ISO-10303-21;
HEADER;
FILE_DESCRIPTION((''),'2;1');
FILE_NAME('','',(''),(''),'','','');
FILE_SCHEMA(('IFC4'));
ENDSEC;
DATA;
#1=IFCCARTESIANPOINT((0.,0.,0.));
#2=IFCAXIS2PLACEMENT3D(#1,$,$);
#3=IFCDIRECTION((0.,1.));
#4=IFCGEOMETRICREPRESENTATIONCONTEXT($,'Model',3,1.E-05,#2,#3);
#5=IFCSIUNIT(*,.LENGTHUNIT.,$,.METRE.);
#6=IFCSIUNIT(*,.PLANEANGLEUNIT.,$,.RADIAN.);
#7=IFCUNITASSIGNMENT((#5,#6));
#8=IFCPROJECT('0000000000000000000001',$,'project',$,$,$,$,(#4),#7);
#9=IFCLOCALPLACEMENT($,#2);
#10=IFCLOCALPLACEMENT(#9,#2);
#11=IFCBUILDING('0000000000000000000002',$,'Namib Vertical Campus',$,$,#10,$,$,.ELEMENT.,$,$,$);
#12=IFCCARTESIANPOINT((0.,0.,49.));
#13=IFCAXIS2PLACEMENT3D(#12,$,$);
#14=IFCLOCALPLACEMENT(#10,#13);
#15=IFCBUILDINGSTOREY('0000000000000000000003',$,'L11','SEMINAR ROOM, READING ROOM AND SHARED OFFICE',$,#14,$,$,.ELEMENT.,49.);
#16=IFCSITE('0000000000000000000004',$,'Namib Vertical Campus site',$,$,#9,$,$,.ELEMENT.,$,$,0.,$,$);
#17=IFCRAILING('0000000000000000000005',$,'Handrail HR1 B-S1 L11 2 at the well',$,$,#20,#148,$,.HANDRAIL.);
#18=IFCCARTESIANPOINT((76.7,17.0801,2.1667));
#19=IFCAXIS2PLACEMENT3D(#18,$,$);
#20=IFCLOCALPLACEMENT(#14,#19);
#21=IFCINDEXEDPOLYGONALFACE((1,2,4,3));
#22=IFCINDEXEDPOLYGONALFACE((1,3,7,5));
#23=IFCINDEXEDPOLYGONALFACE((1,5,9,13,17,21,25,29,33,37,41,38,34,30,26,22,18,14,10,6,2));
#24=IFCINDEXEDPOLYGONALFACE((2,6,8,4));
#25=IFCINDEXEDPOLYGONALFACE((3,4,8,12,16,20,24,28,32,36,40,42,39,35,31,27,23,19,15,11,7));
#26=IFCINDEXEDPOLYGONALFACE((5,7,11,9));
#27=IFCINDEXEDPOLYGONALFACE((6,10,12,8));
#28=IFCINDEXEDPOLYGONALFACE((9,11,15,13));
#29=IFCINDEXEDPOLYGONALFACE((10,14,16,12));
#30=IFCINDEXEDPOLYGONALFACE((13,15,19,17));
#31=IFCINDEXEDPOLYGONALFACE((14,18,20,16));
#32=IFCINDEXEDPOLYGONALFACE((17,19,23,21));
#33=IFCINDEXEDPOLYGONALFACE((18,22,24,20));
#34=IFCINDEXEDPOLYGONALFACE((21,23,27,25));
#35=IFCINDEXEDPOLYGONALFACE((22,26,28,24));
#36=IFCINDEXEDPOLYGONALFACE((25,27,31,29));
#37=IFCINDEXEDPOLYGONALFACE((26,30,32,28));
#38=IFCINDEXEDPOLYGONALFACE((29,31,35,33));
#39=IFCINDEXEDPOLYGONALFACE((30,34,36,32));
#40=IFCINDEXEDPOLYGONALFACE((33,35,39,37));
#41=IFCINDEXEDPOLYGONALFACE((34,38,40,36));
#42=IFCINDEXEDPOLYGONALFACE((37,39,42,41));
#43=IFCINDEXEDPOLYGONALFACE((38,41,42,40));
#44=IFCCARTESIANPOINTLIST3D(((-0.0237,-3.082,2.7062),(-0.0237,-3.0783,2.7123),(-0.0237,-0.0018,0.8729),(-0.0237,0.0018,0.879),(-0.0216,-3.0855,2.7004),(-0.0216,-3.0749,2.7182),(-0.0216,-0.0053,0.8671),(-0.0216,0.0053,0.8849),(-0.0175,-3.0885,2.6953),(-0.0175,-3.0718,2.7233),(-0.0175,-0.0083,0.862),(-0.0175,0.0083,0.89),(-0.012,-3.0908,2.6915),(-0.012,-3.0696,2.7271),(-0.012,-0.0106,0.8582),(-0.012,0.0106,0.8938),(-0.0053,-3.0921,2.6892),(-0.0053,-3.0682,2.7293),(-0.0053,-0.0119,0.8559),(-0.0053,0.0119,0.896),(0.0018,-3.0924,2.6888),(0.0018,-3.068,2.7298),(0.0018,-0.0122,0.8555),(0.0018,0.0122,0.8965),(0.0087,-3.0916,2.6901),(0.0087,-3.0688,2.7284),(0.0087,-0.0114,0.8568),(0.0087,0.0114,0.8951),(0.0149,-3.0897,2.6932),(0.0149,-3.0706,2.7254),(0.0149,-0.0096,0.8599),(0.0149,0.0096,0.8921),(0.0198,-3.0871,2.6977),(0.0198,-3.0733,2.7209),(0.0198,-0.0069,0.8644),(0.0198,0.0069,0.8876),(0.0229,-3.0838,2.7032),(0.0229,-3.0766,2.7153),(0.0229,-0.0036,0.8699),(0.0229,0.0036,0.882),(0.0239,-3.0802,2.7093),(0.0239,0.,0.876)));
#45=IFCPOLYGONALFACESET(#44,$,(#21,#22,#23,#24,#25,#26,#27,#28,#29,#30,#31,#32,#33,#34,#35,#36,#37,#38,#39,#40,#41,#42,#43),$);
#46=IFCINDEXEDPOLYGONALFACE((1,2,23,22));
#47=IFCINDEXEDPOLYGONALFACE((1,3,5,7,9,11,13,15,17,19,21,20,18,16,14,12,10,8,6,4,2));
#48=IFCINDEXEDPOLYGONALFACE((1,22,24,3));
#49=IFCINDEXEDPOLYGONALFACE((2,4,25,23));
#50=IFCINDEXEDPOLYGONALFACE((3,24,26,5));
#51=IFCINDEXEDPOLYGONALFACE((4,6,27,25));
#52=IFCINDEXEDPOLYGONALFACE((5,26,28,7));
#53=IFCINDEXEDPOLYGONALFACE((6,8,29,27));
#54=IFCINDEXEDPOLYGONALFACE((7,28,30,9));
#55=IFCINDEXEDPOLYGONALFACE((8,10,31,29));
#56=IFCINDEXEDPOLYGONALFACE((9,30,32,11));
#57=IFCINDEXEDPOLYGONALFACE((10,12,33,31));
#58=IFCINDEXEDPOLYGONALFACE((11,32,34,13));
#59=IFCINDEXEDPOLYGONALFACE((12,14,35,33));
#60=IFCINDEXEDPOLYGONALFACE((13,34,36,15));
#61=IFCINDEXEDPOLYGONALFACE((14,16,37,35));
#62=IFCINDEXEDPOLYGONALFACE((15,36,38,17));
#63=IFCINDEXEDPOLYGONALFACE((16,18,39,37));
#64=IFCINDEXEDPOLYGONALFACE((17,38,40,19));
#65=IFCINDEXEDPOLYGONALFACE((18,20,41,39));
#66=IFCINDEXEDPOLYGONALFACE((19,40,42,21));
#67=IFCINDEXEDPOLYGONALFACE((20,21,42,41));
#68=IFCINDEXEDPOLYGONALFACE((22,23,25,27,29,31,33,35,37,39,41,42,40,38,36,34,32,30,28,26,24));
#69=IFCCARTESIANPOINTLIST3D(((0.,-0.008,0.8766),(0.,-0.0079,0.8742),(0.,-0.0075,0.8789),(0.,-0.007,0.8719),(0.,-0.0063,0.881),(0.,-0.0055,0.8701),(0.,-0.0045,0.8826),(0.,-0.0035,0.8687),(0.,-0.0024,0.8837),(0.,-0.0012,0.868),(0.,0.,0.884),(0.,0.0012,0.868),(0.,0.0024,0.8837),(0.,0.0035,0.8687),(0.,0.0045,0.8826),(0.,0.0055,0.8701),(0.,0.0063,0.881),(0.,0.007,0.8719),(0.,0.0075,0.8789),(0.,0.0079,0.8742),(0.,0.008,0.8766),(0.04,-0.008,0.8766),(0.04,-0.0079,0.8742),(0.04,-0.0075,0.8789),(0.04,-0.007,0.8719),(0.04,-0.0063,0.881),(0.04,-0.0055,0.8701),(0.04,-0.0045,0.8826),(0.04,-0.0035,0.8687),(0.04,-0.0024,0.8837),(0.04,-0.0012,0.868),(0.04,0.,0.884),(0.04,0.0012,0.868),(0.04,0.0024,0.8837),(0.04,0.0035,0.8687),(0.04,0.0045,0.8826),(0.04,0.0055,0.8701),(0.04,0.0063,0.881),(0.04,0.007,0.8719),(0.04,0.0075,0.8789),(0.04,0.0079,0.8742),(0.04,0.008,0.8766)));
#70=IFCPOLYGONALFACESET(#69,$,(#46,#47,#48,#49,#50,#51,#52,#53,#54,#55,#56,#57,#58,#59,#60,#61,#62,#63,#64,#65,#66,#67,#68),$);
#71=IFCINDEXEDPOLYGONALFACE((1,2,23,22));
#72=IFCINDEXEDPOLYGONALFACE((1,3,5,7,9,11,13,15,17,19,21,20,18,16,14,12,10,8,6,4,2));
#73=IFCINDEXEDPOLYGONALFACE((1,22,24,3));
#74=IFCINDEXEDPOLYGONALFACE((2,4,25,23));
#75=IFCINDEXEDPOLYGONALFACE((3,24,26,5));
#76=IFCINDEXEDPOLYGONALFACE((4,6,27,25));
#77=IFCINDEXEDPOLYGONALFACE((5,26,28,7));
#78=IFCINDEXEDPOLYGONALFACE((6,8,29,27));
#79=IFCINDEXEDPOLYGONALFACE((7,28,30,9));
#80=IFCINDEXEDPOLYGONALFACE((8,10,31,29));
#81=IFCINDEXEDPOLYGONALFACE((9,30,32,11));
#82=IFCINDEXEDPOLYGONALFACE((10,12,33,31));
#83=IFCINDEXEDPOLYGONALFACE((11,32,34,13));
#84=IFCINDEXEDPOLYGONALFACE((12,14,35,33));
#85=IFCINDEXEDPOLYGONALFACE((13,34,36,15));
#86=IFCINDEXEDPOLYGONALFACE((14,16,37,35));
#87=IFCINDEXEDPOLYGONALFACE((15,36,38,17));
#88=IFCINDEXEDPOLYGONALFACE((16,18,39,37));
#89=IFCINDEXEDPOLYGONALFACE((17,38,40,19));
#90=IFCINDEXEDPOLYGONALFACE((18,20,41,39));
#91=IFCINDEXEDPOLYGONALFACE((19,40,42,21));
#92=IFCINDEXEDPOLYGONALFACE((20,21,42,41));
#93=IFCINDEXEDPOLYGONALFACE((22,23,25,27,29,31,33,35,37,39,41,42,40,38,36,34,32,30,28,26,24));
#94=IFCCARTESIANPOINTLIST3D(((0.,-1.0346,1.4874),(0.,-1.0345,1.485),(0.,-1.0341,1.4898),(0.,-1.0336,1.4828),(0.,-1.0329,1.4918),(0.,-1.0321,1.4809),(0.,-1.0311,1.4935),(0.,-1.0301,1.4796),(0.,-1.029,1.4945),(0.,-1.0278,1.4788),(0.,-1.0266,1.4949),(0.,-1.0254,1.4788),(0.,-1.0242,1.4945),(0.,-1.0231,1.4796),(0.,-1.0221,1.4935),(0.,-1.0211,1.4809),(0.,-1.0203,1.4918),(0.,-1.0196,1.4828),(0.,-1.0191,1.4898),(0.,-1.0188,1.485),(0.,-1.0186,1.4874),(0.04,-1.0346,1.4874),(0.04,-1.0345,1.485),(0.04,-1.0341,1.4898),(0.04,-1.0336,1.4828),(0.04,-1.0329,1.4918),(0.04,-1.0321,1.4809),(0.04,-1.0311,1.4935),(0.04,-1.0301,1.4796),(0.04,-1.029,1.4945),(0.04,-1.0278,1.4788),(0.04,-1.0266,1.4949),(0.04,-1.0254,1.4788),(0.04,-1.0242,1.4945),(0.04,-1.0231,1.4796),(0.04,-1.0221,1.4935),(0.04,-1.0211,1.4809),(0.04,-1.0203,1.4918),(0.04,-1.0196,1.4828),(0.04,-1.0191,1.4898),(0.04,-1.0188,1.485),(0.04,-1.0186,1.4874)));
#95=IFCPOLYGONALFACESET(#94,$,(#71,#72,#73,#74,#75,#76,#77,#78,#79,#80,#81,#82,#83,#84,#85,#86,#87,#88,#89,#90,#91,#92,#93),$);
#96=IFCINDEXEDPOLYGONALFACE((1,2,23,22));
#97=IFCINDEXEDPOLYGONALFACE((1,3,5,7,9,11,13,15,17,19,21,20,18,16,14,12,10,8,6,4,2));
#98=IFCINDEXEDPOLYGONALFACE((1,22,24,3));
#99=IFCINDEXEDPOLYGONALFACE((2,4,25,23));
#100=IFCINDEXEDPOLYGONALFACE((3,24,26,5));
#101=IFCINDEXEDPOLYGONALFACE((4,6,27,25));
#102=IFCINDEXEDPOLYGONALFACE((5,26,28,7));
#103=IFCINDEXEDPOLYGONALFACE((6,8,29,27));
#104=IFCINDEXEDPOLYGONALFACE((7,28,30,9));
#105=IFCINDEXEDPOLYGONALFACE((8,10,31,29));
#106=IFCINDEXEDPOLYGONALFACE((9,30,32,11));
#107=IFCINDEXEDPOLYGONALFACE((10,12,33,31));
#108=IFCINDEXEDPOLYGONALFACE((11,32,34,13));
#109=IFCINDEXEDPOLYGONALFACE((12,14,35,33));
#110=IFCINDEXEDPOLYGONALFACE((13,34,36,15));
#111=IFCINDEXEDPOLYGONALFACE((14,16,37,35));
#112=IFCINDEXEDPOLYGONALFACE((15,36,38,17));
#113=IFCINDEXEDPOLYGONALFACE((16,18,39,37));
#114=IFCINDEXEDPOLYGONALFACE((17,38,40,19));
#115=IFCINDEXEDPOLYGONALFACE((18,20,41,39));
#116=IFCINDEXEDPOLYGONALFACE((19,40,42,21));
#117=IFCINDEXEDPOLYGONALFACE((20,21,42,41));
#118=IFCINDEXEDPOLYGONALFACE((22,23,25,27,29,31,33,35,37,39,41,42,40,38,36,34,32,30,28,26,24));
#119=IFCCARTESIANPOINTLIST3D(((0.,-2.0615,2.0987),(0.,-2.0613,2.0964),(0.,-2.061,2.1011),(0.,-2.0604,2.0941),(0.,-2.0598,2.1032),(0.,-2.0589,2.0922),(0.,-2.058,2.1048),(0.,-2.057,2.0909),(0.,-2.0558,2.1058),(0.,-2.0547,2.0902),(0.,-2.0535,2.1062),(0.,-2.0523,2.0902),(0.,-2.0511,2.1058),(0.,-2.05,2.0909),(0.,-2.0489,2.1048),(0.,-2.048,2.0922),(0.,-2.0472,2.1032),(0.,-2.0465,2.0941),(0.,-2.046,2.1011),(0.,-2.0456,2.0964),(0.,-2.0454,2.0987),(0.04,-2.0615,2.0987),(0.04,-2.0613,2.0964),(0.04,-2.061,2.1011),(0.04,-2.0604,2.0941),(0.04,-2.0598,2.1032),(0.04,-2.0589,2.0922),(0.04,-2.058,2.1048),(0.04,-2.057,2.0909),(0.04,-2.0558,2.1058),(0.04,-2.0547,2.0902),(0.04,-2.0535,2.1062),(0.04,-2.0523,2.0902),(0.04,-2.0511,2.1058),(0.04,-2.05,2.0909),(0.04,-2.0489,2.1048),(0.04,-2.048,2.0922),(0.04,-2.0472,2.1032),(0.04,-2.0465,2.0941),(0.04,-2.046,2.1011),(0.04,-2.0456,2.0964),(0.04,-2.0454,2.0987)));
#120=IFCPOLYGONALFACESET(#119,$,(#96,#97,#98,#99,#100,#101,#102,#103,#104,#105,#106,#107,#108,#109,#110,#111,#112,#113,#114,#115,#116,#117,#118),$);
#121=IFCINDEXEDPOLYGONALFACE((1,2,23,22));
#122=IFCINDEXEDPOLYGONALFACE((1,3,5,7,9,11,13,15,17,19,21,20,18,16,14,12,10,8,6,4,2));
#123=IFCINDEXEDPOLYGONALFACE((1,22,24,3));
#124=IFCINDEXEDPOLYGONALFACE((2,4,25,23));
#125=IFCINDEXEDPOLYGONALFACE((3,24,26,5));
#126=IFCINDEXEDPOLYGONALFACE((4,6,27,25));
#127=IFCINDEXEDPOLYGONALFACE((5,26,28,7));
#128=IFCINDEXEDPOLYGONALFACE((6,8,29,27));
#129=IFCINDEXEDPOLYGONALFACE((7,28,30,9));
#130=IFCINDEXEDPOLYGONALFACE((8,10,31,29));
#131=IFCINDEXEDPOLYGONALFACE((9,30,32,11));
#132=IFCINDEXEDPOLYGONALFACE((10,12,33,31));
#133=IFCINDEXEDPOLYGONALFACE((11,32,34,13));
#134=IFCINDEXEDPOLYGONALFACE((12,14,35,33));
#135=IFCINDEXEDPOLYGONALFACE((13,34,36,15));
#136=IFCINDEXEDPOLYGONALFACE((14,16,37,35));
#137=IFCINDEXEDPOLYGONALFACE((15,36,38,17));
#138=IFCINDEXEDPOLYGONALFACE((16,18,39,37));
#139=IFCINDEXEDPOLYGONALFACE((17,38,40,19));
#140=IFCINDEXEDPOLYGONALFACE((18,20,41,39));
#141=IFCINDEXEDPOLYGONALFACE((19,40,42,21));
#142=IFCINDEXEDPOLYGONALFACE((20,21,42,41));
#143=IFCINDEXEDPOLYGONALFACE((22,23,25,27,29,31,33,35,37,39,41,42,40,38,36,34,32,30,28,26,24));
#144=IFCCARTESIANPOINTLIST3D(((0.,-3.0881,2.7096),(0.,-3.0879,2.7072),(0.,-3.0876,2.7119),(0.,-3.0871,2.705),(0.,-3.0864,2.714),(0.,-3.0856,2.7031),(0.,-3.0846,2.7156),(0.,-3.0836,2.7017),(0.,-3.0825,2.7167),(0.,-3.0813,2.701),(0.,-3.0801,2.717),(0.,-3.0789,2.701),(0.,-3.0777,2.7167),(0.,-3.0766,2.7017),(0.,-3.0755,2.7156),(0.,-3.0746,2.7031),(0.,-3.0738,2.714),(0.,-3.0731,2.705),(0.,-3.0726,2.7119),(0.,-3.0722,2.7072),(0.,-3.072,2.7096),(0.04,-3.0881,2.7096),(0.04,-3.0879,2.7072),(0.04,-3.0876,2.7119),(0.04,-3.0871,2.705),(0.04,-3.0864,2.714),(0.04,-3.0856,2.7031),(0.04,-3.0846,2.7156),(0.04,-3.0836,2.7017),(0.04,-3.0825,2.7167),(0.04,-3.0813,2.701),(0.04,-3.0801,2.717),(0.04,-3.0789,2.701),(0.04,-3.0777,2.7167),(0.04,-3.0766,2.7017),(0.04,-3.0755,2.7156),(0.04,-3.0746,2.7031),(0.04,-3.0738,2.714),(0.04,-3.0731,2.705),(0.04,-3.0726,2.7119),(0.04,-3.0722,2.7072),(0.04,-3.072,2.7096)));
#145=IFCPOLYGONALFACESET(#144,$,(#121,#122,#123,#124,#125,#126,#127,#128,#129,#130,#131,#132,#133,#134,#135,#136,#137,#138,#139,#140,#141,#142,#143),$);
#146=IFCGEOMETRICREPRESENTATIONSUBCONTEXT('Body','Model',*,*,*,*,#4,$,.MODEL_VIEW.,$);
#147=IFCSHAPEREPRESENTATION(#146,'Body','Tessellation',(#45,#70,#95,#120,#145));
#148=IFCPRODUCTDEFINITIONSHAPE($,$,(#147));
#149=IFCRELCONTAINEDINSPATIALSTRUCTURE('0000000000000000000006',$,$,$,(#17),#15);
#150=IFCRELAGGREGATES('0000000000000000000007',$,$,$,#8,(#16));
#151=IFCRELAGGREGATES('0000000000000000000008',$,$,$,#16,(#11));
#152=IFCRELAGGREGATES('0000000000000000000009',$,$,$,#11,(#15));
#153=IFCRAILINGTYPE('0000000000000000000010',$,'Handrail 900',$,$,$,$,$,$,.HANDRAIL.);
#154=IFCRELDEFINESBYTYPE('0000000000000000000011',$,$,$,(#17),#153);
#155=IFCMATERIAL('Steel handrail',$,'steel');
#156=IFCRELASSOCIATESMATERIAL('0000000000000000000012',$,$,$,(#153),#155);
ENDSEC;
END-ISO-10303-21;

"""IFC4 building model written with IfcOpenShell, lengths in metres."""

from ifc_helpers import new_model, si_unit, direction, frame, origin, origin_2d, place, context, subcontext, project, spatial, circle, extrude, material, type_object, element, save


model = new_model("IFC4")

# Units and contexts
model_context = context("Model", 3, precision=1e-05, world=origin(), true_north=direction((0.0, 1.0)))
body_context = subcontext(model_context, "Body", "Model", "MODEL_VIEW")
ifc_project = project(units=[si_unit("LENGTHUNIT", "METRE"), si_unit("PLANEANGLEUNIT", "RADIAN")], contexts=[model_context])

# Site, building, storey
site_placement = place(None, origin())
site = spatial("IfcSite", under=ifc_project, at=site_placement, Name="Namib Vertical Campus site", CompositionType="ELEMENT", RefElevation=0.0)
building_placement = place(site_placement, origin())
building = spatial("IfcBuilding", under=site, at=building_placement, Name="Namib Vertical Campus", CompositionType="ELEMENT")
storey_placement = place(building_placement, frame((0.0, 0.0, 49.0)))
storey = spatial("IfcBuildingStorey", under=building, at=storey_placement, Name="L11", Description="SEMINAR ROOM, READING ROOM AND SHARED OFFICE", CompositionType="ELEMENT", Elevation=49.0)

# Railing
ifc_material_1 = material(Name="Steel handrail", Category="steel")
railing_type_1 = type_object("IfcRailingType", Name="Handrail 900", PredefinedType="HANDRAIL", material=ifc_material_1)
railing_1_placement = place(storey_placement, frame((76.7, 17.0801, 2.1667)))
element("IfcRailing", 1, at=railing_1_placement, inside=storey, type_object=railing_type_1, Name="Handrail HR1 B-S1 L11 2 at the well", PredefinedType="HANDRAIL", context=body_context, shape_type="SweptSolid", body=[
    extrude(circle(Radius=0.0239, at=origin_2d()), frame((0.0, 0.0, 0.876), z_axis=(0.0, -0.859309, 0.511458), x_axis=(1.0, 0.0, 0.0)), (0.0, 0.0, 1.0), 3.5845),
    extrude(circle(Radius=0.0081, at=origin_2d()), frame((0.0, 0.0, 0.876), z_axis=(1.0, 0.0, 0.0), x_axis=(0.0, 0.0, 1.0)), (0.0, 0.0, 1.0), 0.04),
    extrude(circle(Radius=0.0081, at=origin_2d()), frame((0.0, -1.0266, 1.4868), z_axis=(1.0, 0.0, 0.0), x_axis=(0.0, 0.0, 1.0)), (0.0, 0.0, 1.0), 0.04),
    extrude(circle(Radius=0.0081, at=origin_2d()), frame((0.0, -2.0535, 2.0981), z_axis=(1.0, 0.0, 0.0), x_axis=(0.0, 0.0, 1.0)), (0.0, 0.0, 1.0), 0.04),
    extrude(circle(Radius=0.0081, at=origin_2d()), frame((0.0, -3.0801, 2.709), z_axis=(1.0, 0.0, 0.0), x_axis=(0.0, 0.0, 1.0)), (0.0, 0.0, 1.0), 0.04),
])

save(model, "model.ifc")
